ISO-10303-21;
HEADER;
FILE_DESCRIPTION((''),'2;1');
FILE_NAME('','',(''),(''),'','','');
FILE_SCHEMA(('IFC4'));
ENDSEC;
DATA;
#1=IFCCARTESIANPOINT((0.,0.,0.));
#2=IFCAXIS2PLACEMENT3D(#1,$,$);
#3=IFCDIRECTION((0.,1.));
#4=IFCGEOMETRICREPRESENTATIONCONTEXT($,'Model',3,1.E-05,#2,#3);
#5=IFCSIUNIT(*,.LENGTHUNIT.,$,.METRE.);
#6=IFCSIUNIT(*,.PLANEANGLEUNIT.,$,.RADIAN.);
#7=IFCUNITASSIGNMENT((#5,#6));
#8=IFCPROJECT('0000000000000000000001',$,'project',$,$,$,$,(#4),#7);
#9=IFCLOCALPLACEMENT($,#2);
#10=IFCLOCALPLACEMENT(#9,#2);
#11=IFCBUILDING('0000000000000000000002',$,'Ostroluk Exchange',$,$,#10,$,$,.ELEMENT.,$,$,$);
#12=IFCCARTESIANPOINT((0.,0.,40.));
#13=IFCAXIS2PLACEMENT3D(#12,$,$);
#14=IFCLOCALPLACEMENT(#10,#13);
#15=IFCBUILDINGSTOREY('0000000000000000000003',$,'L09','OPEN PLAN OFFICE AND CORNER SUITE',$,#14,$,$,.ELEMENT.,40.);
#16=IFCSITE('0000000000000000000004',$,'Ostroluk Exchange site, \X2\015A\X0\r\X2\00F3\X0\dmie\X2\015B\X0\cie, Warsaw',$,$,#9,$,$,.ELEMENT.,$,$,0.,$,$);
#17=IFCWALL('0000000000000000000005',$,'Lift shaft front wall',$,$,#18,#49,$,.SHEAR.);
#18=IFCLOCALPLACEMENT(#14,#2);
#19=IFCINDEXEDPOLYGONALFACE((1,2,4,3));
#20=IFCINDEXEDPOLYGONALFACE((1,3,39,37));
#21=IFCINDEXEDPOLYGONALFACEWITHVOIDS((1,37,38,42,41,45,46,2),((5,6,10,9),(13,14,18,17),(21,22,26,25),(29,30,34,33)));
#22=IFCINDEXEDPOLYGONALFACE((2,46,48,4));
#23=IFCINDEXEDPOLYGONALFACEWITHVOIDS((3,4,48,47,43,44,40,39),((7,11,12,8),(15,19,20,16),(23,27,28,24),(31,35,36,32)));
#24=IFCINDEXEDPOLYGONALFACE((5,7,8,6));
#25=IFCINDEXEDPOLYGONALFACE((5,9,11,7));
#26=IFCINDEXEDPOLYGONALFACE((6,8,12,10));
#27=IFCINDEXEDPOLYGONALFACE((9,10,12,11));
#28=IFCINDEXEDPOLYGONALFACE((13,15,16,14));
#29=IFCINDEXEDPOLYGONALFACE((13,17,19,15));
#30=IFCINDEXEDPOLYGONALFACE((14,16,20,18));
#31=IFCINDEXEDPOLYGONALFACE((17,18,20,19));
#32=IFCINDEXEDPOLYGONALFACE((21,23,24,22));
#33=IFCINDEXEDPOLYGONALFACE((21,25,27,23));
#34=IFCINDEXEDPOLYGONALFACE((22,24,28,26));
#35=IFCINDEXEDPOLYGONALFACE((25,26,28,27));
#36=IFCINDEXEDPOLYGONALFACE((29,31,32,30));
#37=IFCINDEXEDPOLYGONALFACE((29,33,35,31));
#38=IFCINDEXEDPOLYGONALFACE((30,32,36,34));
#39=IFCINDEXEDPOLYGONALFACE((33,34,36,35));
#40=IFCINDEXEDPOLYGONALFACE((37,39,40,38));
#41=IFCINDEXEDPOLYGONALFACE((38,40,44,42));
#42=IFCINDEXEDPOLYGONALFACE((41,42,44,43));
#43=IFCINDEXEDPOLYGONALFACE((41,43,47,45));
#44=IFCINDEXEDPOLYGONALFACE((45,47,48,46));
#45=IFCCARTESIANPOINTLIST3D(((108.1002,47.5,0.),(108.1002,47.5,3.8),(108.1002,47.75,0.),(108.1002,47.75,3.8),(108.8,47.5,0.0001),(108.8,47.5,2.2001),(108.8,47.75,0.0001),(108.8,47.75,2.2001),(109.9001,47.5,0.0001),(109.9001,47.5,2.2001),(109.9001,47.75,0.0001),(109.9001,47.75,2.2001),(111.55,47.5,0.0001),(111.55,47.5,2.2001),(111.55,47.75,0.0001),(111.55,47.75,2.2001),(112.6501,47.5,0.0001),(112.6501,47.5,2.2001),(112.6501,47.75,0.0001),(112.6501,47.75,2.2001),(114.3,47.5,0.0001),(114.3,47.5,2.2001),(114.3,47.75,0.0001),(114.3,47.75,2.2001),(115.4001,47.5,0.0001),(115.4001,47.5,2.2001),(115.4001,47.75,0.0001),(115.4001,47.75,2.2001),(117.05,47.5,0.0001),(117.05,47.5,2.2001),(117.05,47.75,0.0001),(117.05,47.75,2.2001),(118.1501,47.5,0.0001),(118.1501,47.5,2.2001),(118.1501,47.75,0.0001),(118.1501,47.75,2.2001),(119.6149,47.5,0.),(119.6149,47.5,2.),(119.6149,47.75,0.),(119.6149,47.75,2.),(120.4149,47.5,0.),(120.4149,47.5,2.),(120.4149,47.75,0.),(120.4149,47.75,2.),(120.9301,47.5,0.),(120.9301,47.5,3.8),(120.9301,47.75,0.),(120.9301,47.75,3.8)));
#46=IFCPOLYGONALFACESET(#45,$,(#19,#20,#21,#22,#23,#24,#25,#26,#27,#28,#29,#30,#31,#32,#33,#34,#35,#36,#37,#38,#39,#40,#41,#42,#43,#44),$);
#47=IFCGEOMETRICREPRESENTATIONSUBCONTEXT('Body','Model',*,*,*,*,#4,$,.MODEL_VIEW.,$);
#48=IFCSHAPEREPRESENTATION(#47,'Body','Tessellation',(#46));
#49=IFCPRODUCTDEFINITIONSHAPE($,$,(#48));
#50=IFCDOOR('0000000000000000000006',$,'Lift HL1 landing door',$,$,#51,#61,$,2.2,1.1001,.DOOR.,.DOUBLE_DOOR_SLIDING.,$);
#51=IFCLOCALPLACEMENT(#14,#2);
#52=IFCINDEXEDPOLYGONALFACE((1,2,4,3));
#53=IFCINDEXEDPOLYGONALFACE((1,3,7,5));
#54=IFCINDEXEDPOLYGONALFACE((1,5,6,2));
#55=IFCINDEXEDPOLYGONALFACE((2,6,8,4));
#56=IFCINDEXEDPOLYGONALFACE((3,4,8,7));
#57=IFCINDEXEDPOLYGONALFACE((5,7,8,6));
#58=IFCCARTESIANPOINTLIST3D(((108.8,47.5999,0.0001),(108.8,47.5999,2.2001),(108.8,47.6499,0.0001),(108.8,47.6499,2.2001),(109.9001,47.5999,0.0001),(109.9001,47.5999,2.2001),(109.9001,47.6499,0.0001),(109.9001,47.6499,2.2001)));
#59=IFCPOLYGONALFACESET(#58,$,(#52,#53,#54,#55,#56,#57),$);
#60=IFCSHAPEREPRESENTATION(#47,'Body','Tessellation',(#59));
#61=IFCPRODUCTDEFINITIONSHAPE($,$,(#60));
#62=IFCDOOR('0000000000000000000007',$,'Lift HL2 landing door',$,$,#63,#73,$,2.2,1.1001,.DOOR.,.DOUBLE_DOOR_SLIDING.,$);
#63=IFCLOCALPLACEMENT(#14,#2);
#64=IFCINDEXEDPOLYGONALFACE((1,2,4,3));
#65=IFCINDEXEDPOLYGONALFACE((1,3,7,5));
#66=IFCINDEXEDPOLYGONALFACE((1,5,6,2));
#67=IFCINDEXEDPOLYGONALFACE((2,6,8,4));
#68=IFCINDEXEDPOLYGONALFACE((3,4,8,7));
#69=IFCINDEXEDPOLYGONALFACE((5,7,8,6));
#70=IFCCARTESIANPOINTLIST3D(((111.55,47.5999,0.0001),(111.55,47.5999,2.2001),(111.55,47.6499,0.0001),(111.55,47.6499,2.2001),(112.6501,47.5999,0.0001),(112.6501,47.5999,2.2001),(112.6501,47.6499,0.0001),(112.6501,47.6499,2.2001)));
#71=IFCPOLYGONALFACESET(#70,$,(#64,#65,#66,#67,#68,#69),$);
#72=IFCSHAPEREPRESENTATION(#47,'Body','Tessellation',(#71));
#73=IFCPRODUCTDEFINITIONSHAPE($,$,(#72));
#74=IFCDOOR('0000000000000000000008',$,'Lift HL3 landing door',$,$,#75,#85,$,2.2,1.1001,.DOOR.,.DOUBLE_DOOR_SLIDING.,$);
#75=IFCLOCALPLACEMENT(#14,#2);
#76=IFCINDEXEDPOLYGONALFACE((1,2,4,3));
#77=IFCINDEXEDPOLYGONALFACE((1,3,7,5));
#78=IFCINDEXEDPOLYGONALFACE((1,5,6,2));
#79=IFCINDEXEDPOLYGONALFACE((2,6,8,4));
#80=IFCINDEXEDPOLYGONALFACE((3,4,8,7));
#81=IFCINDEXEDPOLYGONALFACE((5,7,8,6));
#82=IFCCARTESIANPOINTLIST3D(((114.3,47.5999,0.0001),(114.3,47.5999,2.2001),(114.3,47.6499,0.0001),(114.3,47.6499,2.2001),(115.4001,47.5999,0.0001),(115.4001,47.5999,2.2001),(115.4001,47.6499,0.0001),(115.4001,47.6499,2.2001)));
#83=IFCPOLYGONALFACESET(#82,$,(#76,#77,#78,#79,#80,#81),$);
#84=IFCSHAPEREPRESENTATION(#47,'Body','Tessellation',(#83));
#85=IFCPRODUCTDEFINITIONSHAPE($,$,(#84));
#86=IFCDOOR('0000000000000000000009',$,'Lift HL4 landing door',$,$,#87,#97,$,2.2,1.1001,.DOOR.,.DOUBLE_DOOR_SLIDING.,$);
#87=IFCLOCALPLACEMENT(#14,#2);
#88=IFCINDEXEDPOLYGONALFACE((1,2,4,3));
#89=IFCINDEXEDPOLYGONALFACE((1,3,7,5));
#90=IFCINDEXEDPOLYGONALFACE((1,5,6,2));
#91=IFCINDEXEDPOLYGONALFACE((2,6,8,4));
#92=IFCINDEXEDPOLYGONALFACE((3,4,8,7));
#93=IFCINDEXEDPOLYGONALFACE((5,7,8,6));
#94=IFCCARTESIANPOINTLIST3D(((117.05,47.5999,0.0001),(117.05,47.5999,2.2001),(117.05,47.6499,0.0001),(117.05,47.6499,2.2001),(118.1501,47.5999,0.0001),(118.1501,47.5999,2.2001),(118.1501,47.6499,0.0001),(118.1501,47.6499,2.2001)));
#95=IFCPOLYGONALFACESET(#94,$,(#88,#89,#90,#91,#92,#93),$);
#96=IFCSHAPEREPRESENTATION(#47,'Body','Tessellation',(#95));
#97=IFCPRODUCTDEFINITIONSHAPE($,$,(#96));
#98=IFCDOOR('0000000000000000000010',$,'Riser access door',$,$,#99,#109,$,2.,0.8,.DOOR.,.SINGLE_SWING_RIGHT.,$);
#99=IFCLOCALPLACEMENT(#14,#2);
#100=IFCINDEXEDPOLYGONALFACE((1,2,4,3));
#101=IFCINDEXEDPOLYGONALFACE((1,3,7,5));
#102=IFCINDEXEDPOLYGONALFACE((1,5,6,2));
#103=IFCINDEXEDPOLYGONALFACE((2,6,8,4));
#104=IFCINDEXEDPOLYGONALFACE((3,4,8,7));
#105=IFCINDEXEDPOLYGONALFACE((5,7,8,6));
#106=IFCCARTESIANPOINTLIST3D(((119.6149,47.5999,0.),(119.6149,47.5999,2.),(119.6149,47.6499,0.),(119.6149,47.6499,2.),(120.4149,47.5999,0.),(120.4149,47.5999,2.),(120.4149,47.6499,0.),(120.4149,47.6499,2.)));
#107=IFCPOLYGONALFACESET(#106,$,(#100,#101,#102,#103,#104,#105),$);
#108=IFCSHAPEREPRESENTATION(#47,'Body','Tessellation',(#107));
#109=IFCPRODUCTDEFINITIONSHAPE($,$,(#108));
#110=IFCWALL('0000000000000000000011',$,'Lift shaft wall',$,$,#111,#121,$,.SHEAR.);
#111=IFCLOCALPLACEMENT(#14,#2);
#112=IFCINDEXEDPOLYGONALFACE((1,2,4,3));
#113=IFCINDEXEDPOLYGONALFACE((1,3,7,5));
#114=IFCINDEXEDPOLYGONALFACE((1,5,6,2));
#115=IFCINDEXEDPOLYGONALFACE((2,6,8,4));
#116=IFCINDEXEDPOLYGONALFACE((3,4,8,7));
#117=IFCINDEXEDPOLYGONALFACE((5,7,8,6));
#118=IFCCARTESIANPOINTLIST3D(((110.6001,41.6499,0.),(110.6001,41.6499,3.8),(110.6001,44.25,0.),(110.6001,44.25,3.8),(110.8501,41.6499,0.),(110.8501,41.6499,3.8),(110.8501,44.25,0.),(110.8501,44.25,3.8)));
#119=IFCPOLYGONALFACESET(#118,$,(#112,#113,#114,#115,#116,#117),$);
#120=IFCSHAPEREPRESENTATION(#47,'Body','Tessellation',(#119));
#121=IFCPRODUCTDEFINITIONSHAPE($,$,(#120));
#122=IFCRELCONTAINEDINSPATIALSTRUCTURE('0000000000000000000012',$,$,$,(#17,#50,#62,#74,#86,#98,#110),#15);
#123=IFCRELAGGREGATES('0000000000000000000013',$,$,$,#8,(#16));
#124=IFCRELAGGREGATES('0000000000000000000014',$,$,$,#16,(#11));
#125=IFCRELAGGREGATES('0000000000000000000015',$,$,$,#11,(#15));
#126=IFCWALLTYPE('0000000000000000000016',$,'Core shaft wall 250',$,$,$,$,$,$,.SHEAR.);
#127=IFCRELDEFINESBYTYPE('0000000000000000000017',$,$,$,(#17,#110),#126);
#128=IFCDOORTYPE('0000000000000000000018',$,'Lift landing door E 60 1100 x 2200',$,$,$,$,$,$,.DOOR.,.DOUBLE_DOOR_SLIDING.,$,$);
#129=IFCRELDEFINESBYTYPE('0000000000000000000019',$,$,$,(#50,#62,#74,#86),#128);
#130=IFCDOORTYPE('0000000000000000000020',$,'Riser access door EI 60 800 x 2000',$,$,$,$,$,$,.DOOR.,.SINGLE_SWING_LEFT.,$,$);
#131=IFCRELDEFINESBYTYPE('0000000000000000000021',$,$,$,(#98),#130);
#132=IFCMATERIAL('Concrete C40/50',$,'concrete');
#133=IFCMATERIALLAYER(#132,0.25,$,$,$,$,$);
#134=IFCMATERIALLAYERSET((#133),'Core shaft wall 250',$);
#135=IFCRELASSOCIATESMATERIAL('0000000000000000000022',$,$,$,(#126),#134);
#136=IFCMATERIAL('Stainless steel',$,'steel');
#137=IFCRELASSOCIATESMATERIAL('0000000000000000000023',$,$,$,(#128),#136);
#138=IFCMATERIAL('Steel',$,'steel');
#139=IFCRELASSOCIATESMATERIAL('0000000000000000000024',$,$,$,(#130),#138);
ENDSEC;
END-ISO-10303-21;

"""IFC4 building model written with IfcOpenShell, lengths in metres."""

from ifc_helpers import new_model, si_unit, direction, frame, frame_2d, origin, place, context, subcontext, project, spatial, rectangle, extrude, material, layer, layer_set, type_object, element, fill, save


model = new_model("IFC4")

# Units and contexts
model_context = context("Model", 3, precision=1e-05, world=origin(), true_north=direction((0.0, 1.0)))
body_context = subcontext(model_context, "Body", "Model", "MODEL_VIEW")
ifc_project = project(units=[si_unit("LENGTHUNIT", "METRE"), si_unit("PLANEANGLEUNIT", "RADIAN")], contexts=[model_context])

# Site, building, storey
site_placement = place(None, origin())
site = spatial("IfcSite", under=ifc_project, at=site_placement, Name="Ostroluk Exchange site, Śródmieście, Warsaw", CompositionType="ELEMENT", RefElevation=0.0)
building_placement = place(site_placement, origin())
building = spatial("IfcBuilding", under=site, at=building_placement, Name="Ostroluk Exchange", CompositionType="ELEMENT")
storey_placement = place(building_placement, frame((0.0, 0.0, 40.0)))
storey = spatial("IfcBuildingStorey", under=building, at=storey_placement, Name="L09", Description="OPEN PLAN OFFICE AND CORNER SUITE", CompositionType="ELEMENT", Elevation=40.0)

# Shared definitions
ifc_material_1 = material(Name="Concrete C40/50", Category="concrete")
ifc_layer_1 = layer(ifc_material_1, 0.25)
ifc_layer_set_1 = layer_set([ifc_layer_1], Name="Core shaft wall 250")
wall_type_1 = type_object("IfcWallType", Name="Core shaft wall 250", PredefinedType="SHEAR", material=ifc_layer_set_1)

# Wall, openings, doors
wall_1_placement = place(storey_placement, frame((108.1001, 47.625, 0.0), z_axis=(0.0, 0.0, 1.0), x_axis=(1.0, 0.0, 0.0)))
wall_1 = element("IfcWall", 1, at=wall_1_placement, inside=storey, type_object=wall_type_1, Name="Lift shaft front wall", PredefinedType="SHEAR", context=body_context, shape_type="SweptSolid", body=[
    extrude(rectangle(XDim=12.8298, YDim=0.25, at=frame_2d((6.415, 0.0))), origin(), (0.0, 0.0, 1.0), 3.8),
])
opening_1_placement = place(wall_1_placement, frame((0.7, 0.0, 0.0)))
opening_1 = element("IfcOpeningElement", 2, at=opening_1_placement, cuts=wall_1, PredefinedType="OPENING", context=body_context, shape_type="SweptSolid", body=[
    extrude(rectangle(XDim=1.1001, YDim=2.2, at=frame_2d((0.55, 1.1001))), frame((0.0, 0.135, 0.0), z_axis=(0.0, -1.0, 0.0), x_axis=(1.0, 0.0, 0.0)), (0.0, 0.0, 1.0), 0.27),
])
opening_2_placement = place(wall_1_placement, frame((3.45, 0.0, 0.0)))
opening_2 = element("IfcOpeningElement", 3, at=opening_2_placement, cuts=wall_1, PredefinedType="OPENING", context=body_context, shape_type="SweptSolid", body=[
    extrude(rectangle(XDim=1.1001, YDim=2.2, at=frame_2d((0.55, 1.1001))), frame((0.0, 0.135, 0.0), z_axis=(0.0, -1.0, 0.0), x_axis=(1.0, 0.0, 0.0)), (0.0, 0.0, 1.0), 0.27),
])
opening_3_placement = place(wall_1_placement, frame((6.2, 0.0, 0.0)))
opening_3 = element("IfcOpeningElement", 4, at=opening_3_placement, cuts=wall_1, PredefinedType="OPENING", context=body_context, shape_type="SweptSolid", body=[
    extrude(rectangle(XDim=1.1001, YDim=2.2, at=frame_2d((0.55, 1.1001))), frame((0.0, 0.135, 0.0), z_axis=(0.0, -1.0, 0.0), x_axis=(1.0, 0.0, 0.0)), (0.0, 0.0, 1.0), 0.27),
])
opening_4_placement = place(wall_1_placement, frame((8.95, 0.0, 0.0)))
opening_4 = element("IfcOpeningElement", 5, at=opening_4_placement, cuts=wall_1, PredefinedType="OPENING", context=body_context, shape_type="SweptSolid", body=[
    extrude(rectangle(XDim=1.1001, YDim=2.2, at=frame_2d((0.55, 1.1001))), frame((0.0, 0.135, 0.0), z_axis=(0.0, -1.0, 0.0), x_axis=(1.0, 0.0, 0.0)), (0.0, 0.0, 1.0), 0.27),
])
opening_5_placement = place(wall_1_placement, frame((11.5149, 0.0, 0.0)))
opening_5 = element("IfcOpeningElement", 6, at=opening_5_placement, cuts=wall_1, PredefinedType="OPENING", context=body_context, shape_type="SweptSolid", body=[
    extrude(rectangle(XDim=0.8, YDim=2.0, at=frame_2d((0.3999, 1.0))), frame((0.0, 0.135, 0.0), z_axis=(0.0, -1.0, 0.0), x_axis=(1.0, 0.0, 0.0)), (0.0, 0.0, 1.0), 0.27),
])
ifc_material_2 = material(Name="Stainless steel", Category="steel")
door_type_1 = type_object("IfcDoorType", Name="Lift landing door E 60 1100 x 2200", OperationType="DOUBLE_DOOR_SLIDING", PredefinedType="DOOR", material=ifc_material_2)
door_1_placement = place(opening_1_placement, origin())
door_1 = element("IfcDoor", 7, at=door_1_placement, inside=storey, type_object=door_type_1, Name="Lift HL1 landing door", OperationType="DOUBLE_DOOR_SLIDING", OverallHeight=2.2, OverallWidth=1.1001, PredefinedType="DOOR", context=body_context, shape_type="SweptSolid", body=[
    extrude(rectangle(XDim=1.1001, YDim=2.2, at=frame_2d((0.55, 1.1001))), frame((0.0, 0.0249, 0.0), z_axis=(0.0, -1.0, 0.0), x_axis=(1.0, 0.0, 0.0)), (0.0, 0.0, 1.0), 0.05),
])
fill(opening_1, door_1)
door_2_placement = place(opening_2_placement, origin())
door_2 = element("IfcDoor", 8, at=door_2_placement, inside=storey, type_object=door_type_1, Name="Lift HL2 landing door", OperationType="DOUBLE_DOOR_SLIDING", OverallHeight=2.2, OverallWidth=1.1001, PredefinedType="DOOR", context=body_context, shape_type="SweptSolid", body=[
    extrude(rectangle(XDim=1.1001, YDim=2.2, at=frame_2d((0.55, 1.1001))), frame((0.0, 0.0249, 0.0), z_axis=(0.0, -1.0, 0.0), x_axis=(1.0, 0.0, 0.0)), (0.0, 0.0, 1.0), 0.05),
])
fill(opening_2, door_2)
door_3_placement = place(opening_3_placement, origin())
door_3 = element("IfcDoor", 9, at=door_3_placement, inside=storey, type_object=door_type_1, Name="Lift HL3 landing door", OperationType="DOUBLE_DOOR_SLIDING", OverallHeight=2.2, OverallWidth=1.1001, PredefinedType="DOOR", context=body_context, shape_type="SweptSolid", body=[
    extrude(rectangle(XDim=1.1001, YDim=2.2, at=frame_2d((0.55, 1.1001))), frame((0.0, 0.0249, 0.0), z_axis=(0.0, -1.0, 0.0), x_axis=(1.0, 0.0, 0.0)), (0.0, 0.0, 1.0), 0.05),
])
fill(opening_3, door_3)
door_4_placement = place(opening_4_placement, origin())
door_4 = element("IfcDoor", 10, at=door_4_placement, inside=storey, type_object=door_type_1, Name="Lift HL4 landing door", OperationType="DOUBLE_DOOR_SLIDING", OverallHeight=2.2, OverallWidth=1.1001, PredefinedType="DOOR", context=body_context, shape_type="SweptSolid", body=[
    extrude(rectangle(XDim=1.1001, YDim=2.2, at=frame_2d((0.55, 1.1001))), frame((0.0, 0.0249, 0.0), z_axis=(0.0, -1.0, 0.0), x_axis=(1.0, 0.0, 0.0)), (0.0, 0.0, 1.0), 0.05),
])
fill(opening_4, door_4)
ifc_material_3 = material(Name="Steel", Category="steel")
door_type_2 = type_object("IfcDoorType", Name="Riser access door EI 60 800 x 2000", OperationType="SINGLE_SWING_LEFT", PredefinedType="DOOR", material=ifc_material_3)
door_5_placement = place(opening_5_placement, origin())
door_5 = element("IfcDoor", 11, at=door_5_placement, inside=storey, type_object=door_type_2, Name="Riser access door", OperationType="SINGLE_SWING_RIGHT", OverallHeight=2.0, OverallWidth=0.8, PredefinedType="DOOR", context=body_context, shape_type="SweptSolid", body=[
    extrude(rectangle(XDim=0.8, YDim=2.0, at=frame_2d((0.3999, 1.0))), frame((0.0, 0.0249, 0.0), z_axis=(0.0, -1.0, 0.0), x_axis=(1.0, 0.0, 0.0)), (0.0, 0.0, 1.0), 0.05),
])
fill(opening_5, door_5)

# Wall
wall_2_placement = place(storey_placement, frame((110.7251, 44.25, 0.0), z_axis=(0.0, 0.0, 1.0), x_axis=(0.0, -1.0, 0.0)))
element("IfcWall", 12, at=wall_2_placement, inside=storey, type_object=wall_type_1, Name="Lift shaft wall", PredefinedType="SHEAR", context=body_context, shape_type="SweptSolid", body=[
    extrude(rectangle(XDim=2.6001, YDim=0.25, at=frame_2d((1.3, 0.0))), origin(), (0.0, 0.0, 1.0), 3.8),
])

save(model, "model.ifc")
